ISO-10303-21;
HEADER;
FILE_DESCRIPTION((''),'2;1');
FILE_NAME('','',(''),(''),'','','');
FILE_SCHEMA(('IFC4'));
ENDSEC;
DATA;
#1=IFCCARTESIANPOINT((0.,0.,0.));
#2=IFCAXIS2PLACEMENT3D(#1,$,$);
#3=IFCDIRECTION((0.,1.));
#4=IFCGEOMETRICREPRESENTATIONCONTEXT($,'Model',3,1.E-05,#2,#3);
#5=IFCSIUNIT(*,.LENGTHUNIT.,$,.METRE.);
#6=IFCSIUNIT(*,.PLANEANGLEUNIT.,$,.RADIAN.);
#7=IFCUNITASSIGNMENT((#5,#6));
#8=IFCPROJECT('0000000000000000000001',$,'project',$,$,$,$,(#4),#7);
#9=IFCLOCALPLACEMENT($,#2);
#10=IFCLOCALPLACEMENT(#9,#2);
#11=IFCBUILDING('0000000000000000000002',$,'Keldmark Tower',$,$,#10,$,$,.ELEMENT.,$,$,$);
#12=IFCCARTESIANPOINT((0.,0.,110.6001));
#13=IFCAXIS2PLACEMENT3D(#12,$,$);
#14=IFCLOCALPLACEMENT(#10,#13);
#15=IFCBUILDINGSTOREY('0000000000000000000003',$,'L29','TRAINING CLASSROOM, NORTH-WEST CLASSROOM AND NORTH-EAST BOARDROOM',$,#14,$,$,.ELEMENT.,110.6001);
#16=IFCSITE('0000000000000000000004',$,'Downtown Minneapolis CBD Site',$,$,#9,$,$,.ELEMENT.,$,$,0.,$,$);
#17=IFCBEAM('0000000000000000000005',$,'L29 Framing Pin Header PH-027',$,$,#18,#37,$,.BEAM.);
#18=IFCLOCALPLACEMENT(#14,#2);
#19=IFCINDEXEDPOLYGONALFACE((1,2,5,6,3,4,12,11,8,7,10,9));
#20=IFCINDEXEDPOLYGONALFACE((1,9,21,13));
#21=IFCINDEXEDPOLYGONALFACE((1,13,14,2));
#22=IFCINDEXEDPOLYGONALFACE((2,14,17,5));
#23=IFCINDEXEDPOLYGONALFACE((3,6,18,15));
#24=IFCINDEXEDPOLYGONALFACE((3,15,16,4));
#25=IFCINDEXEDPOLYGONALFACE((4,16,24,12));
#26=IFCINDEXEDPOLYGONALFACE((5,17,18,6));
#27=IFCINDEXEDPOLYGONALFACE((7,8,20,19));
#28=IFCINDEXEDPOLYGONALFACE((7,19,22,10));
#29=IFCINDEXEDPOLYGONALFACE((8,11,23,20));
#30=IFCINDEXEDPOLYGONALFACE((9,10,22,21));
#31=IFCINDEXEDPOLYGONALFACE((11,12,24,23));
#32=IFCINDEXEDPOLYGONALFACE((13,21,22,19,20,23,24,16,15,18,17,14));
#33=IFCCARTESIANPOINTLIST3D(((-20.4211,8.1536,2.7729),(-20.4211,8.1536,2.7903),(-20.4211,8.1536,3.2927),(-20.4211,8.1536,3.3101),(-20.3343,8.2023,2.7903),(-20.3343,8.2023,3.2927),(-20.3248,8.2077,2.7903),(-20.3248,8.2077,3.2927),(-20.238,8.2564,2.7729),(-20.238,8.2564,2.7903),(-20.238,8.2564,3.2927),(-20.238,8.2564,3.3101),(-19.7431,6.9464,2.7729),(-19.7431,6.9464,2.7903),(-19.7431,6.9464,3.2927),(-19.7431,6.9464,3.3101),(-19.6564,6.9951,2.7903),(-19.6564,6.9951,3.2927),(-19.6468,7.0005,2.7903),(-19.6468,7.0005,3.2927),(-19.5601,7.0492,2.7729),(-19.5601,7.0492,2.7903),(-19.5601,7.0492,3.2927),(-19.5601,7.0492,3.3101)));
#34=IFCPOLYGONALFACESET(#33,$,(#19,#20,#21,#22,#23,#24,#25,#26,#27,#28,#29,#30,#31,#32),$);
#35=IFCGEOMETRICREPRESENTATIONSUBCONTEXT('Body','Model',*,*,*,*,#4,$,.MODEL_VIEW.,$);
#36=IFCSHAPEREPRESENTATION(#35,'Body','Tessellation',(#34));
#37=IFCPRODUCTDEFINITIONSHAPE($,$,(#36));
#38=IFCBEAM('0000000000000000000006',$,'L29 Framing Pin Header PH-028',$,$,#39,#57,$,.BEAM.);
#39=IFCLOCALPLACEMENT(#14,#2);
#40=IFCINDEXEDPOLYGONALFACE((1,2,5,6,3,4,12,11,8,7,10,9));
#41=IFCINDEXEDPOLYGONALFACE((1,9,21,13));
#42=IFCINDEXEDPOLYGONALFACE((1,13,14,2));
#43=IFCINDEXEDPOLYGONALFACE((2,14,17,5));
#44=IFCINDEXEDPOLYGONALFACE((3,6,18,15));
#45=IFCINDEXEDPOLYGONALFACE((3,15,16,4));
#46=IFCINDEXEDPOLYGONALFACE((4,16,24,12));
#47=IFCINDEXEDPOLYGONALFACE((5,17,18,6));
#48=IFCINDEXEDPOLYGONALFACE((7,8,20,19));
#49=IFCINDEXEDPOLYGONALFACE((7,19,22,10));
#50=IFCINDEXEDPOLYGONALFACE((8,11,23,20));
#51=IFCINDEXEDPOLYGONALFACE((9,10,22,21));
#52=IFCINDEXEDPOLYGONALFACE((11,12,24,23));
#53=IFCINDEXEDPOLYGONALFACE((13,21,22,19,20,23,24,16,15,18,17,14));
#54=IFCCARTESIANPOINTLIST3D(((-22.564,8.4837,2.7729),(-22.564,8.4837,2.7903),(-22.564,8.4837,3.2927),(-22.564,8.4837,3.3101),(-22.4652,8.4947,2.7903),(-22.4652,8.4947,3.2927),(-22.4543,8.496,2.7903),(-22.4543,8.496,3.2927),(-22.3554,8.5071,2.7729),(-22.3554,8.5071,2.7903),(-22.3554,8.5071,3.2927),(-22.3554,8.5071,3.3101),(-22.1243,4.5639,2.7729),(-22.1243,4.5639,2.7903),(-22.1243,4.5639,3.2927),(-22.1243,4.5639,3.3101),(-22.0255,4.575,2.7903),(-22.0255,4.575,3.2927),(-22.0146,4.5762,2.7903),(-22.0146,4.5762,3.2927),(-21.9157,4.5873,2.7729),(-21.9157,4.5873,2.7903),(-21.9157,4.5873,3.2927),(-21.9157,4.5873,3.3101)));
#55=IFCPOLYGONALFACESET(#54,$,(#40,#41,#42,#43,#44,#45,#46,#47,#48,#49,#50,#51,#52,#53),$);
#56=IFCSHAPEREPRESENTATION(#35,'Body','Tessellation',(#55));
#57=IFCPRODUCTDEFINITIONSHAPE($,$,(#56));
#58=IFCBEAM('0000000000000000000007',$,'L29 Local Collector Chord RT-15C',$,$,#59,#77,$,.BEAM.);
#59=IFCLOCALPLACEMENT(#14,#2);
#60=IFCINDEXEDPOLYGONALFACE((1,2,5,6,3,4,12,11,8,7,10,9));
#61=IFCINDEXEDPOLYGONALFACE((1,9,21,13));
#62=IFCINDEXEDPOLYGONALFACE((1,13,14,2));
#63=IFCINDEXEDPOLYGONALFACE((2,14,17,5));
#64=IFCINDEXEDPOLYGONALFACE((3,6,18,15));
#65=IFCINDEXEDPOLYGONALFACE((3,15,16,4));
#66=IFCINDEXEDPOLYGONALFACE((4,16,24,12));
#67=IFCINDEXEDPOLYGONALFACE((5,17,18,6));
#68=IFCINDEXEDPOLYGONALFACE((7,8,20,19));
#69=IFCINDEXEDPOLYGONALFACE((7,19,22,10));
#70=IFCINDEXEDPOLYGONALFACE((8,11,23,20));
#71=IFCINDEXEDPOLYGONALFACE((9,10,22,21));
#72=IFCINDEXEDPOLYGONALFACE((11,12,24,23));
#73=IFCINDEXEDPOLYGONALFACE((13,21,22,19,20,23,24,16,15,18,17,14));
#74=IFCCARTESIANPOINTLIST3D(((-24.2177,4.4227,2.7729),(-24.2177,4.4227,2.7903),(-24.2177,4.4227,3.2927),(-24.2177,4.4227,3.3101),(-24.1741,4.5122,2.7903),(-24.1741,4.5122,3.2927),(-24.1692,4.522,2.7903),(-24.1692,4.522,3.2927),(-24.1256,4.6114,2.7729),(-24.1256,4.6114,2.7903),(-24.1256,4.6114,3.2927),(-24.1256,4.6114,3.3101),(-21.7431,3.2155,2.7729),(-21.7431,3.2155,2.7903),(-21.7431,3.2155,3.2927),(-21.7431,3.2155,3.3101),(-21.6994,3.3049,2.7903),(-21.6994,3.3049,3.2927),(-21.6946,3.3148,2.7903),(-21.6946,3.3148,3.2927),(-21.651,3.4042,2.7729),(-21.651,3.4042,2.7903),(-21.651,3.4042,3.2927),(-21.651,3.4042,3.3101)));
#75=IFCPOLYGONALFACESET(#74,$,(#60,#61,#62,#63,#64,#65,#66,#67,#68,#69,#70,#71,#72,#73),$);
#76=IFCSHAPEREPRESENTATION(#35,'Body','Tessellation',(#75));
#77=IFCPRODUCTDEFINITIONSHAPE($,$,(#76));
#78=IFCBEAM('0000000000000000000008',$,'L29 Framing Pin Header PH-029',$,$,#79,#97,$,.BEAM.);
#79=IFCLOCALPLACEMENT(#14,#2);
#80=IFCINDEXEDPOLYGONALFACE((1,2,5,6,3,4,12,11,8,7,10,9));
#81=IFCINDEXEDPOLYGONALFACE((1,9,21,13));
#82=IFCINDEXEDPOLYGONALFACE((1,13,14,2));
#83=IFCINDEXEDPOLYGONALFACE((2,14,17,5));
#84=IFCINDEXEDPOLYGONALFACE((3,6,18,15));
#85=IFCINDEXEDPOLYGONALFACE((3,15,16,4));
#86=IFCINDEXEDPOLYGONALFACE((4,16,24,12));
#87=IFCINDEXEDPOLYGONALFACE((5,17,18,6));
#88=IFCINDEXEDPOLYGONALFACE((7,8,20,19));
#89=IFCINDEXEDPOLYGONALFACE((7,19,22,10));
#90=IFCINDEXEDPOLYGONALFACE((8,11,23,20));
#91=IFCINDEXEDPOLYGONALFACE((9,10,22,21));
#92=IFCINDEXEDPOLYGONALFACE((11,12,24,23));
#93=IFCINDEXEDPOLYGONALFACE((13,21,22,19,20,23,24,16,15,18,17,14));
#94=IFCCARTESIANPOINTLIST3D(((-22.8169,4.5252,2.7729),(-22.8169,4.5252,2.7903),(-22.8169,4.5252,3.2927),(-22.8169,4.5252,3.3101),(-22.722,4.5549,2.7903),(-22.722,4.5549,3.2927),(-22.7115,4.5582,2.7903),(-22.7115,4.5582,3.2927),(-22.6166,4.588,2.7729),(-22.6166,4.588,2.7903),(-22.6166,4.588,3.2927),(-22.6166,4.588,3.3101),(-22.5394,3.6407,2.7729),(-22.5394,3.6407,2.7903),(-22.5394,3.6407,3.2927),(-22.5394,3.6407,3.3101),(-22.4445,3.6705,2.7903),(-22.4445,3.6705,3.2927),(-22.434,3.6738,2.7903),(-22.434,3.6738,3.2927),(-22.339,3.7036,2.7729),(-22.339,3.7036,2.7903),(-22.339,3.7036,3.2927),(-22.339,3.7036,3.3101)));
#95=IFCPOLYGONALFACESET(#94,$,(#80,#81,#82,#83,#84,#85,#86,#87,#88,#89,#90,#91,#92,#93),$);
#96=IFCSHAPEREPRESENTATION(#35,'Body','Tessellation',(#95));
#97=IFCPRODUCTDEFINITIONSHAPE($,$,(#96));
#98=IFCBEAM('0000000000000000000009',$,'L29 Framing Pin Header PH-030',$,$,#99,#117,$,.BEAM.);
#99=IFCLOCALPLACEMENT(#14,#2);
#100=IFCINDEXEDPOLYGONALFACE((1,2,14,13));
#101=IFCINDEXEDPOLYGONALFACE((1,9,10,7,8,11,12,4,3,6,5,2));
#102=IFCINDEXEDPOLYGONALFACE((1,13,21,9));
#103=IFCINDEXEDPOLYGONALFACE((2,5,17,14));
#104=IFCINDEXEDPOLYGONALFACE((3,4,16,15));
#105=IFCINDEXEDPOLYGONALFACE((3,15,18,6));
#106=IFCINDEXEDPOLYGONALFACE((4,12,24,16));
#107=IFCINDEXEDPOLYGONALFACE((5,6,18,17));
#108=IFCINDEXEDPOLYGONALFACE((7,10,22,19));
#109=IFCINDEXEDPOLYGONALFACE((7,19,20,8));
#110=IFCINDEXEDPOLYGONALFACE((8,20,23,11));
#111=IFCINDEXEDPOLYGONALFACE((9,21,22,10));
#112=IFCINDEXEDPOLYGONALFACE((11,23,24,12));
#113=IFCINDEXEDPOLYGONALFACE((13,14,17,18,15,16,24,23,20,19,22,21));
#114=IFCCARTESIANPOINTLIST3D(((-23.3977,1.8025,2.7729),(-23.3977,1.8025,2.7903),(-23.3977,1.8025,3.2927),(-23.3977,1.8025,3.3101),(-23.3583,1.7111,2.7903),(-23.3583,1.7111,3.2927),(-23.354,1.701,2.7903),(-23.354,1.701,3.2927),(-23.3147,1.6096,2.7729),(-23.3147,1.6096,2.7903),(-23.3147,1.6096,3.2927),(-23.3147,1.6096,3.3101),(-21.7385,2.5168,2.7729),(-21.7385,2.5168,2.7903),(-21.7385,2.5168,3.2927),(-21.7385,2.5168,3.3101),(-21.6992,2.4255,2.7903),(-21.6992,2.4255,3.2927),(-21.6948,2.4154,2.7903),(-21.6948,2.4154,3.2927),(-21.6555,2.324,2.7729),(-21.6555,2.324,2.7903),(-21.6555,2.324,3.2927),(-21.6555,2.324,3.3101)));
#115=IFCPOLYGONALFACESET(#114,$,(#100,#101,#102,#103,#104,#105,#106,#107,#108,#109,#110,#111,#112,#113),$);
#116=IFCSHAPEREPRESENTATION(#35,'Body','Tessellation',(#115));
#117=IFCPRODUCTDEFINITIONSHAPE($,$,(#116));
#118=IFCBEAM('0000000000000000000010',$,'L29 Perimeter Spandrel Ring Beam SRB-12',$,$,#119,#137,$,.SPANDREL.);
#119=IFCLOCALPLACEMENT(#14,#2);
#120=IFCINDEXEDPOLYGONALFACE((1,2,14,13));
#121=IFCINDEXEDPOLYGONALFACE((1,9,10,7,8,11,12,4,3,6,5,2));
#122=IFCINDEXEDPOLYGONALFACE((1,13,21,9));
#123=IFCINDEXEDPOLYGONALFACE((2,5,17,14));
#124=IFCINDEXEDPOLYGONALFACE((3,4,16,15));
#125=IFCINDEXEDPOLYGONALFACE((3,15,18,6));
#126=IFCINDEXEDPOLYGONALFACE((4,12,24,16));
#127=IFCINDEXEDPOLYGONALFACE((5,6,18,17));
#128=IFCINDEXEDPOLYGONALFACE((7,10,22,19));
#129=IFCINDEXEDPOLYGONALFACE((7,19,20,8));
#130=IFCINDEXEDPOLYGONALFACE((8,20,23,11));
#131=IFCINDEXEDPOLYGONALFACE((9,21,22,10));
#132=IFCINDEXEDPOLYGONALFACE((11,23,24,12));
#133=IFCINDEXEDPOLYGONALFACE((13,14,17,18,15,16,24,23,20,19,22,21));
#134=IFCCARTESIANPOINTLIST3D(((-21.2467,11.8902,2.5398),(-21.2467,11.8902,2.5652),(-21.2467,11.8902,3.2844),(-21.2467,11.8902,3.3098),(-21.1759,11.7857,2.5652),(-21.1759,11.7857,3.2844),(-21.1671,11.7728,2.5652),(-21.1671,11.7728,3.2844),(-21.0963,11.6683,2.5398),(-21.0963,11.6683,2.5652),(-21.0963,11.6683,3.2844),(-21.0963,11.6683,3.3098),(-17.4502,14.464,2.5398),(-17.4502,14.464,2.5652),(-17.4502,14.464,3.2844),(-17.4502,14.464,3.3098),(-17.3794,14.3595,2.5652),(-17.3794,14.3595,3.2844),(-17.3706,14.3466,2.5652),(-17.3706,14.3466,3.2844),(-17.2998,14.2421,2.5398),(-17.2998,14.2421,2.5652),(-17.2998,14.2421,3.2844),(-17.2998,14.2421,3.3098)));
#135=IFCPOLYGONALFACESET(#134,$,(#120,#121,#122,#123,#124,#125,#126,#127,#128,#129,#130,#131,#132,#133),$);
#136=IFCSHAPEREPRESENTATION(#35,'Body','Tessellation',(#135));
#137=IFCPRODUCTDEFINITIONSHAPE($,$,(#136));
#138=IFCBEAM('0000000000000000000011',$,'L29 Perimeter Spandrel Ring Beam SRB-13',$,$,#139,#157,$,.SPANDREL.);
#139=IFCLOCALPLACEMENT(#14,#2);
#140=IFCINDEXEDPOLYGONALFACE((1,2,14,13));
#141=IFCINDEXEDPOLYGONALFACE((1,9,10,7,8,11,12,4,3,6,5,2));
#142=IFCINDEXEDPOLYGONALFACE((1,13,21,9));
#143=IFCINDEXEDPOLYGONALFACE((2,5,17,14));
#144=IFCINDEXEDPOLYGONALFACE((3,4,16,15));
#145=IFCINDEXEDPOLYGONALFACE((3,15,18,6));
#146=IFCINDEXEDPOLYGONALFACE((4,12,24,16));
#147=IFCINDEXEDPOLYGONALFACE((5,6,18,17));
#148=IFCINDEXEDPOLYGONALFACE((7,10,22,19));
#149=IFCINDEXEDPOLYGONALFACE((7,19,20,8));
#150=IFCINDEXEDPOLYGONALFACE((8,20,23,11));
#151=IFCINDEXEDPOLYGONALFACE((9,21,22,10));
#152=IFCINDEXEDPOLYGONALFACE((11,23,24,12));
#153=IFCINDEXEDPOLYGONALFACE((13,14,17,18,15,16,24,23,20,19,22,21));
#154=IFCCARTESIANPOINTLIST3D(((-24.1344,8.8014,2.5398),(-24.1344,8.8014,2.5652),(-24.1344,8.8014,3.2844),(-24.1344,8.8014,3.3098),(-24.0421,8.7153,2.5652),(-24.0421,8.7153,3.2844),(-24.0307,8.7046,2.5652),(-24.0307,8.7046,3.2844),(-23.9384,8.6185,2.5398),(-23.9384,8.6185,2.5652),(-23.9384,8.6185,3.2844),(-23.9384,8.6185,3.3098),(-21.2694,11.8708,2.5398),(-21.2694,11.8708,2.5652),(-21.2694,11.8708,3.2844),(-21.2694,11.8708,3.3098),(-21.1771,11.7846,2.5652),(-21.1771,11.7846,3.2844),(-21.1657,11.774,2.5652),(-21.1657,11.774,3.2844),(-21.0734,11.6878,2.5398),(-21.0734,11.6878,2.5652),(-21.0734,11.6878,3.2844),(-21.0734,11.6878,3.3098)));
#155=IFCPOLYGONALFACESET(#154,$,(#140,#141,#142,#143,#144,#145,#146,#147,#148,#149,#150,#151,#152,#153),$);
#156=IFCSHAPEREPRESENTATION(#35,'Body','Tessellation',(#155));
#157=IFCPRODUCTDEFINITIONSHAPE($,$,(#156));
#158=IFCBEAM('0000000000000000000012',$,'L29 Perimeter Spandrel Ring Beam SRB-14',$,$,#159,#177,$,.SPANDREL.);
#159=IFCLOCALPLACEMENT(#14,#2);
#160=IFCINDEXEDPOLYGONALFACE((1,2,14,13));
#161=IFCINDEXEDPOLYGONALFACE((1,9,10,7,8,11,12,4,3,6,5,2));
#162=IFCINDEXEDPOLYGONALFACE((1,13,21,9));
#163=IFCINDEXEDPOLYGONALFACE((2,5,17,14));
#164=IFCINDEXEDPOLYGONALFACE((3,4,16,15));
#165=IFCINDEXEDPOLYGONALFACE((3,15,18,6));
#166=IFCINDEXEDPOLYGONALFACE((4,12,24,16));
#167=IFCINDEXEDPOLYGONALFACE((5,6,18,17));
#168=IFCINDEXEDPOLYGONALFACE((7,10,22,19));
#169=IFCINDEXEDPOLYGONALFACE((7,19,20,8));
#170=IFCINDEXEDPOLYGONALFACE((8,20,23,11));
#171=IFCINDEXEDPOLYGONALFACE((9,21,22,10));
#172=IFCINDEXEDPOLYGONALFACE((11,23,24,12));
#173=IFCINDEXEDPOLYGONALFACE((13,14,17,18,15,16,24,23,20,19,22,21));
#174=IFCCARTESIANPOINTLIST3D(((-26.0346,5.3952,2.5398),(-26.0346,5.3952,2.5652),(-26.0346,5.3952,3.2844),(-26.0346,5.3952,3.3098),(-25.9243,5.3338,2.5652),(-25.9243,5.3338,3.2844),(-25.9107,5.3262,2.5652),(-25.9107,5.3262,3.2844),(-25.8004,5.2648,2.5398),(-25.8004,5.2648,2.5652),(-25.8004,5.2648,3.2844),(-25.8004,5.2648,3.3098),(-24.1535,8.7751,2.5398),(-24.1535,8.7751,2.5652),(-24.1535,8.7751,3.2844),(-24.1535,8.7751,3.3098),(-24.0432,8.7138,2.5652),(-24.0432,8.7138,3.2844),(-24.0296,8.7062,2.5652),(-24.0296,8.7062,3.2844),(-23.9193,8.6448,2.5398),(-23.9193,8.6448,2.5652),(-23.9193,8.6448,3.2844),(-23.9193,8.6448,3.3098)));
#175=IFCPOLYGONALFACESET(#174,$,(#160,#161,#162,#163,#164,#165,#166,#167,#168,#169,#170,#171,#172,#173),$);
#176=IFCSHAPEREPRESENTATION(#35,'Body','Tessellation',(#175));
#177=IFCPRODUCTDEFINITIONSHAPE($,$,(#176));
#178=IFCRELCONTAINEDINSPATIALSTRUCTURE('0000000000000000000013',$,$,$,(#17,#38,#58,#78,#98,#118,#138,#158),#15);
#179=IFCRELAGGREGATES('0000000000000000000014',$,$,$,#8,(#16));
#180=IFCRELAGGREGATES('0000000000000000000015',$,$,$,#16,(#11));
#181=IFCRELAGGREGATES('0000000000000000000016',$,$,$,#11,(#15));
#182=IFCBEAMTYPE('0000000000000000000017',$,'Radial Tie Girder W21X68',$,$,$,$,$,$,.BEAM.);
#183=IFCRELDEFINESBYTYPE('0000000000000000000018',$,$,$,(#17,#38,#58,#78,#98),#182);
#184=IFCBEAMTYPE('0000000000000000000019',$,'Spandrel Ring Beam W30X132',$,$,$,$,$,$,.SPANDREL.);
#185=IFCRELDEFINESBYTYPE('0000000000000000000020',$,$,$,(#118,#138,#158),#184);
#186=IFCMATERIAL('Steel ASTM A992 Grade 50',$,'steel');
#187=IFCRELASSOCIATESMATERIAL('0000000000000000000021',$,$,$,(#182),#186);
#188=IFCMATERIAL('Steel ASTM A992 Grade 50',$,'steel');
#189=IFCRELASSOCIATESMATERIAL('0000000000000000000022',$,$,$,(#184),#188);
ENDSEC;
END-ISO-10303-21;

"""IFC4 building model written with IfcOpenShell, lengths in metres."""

from ifc_helpers import new_model, si_unit, direction, frame, origin, origin_2d, place, context, subcontext, project, spatial, i_section, extrude, material, material_profile, profile_set, type_object, element, save


model = new_model("IFC4")

# Units and contexts
model_context = context("Model", 3, precision=1e-05, world=origin(), true_north=direction((0.0, 1.0)))
body_context = subcontext(model_context, "Body", "Model", "MODEL_VIEW")
ifc_project = project(units=[si_unit("LENGTHUNIT", "METRE"), si_unit("PLANEANGLEUNIT", "RADIAN")], contexts=[model_context])

# Site, building, storey
site_placement = place(None, origin())
site = spatial("IfcSite", under=ifc_project, at=site_placement, Name="Downtown Minneapolis CBD Site", CompositionType="ELEMENT", RefElevation=0.0)
building_placement = place(site_placement, origin())
building = spatial("IfcBuilding", under=site, at=building_placement, Name="Keldmark Tower", CompositionType="ELEMENT")
storey_placement = place(building_placement, frame((0.0, 0.0, 110.6001)))
storey = spatial("IfcBuildingStorey", under=building, at=storey_placement, Name="L29", Description="TRAINING CLASSROOM, NORTH-WEST CLASSROOM AND NORTH-EAST BOARDROOM", CompositionType="ELEMENT", Elevation=110.6001)

# Beams
ifc_material_1 = material(Name="Steel ASTM A992 Grade 50", Category="steel")
ifc_material_profile_1 = material_profile(ifc_material_1, i_section(OverallWidth=0.21, OverallDepth=0.5371, WebThickness=0.011, FlangeThickness=0.0173, at=origin_2d()), Name="W21X68")
ifc_profile_set_1 = profile_set([ifc_material_profile_1], Name="Steel ASTM A992 Grade 50")
beam_type_1 = type_object("IfcBeamType", Name="Radial Tie Girder W21X68", PredefinedType="BEAM", material=ifc_profile_set_1)
beam_1_placement = place(storey_placement, frame((-19.6516, 6.9978, 3.0415), z_axis=(-0.48965, 0.871919, 0.0), x_axis=(-0.871919, -0.48965, 0.0)))
element("IfcBeam", 1, at=beam_1_placement, inside=storey, type_object=beam_type_1, Name="L29 Framing Pin Header PH-027", PredefinedType="BEAM", context=body_context, shape_type="SweptSolid", body=[
    extrude(i_section(OverallWidth=0.21, OverallDepth=0.5371, WebThickness=0.011, FlangeThickness=0.0173, at=origin_2d()), origin(), (0.0, 0.0, 1.0), 1.3845),
])
beam_2_placement = place(storey_placement, frame((-22.4597, 8.4954, 3.0415), z_axis=(0.111478, -0.993767, 0.0), x_axis=(0.993767, 0.111478, 0.0)))
element("IfcBeam", 2, at=beam_2_placement, inside=storey, type_object=beam_type_1, Name="L29 Framing Pin Header PH-028", PredefinedType="BEAM", context=body_context, shape_type="SweptSolid", body=[
    extrude(i_section(OverallWidth=0.21, OverallDepth=0.5371, WebThickness=0.011, FlangeThickness=0.0173, at=origin_2d()), origin(), (0.0, 0.0, 1.0), 3.9443),
])
beam_3_placement = place(storey_placement, frame((-21.697, 3.3098, 3.0415), z_axis=(-0.898747, 0.438467, 0.0), x_axis=(-0.438467, -0.898747, 0.0)))
element("IfcBeam", 3, at=beam_3_placement, inside=storey, type_object=beam_type_1, Name="L29 Local Collector Chord RT-15C", PredefinedType="BEAM", context=body_context, shape_type="SweptSolid", body=[
    extrude(i_section(OverallWidth=0.21, OverallDepth=0.5371, WebThickness=0.011, FlangeThickness=0.0173, at=origin_2d()), origin(), (0.0, 0.0, 1.0), 2.7534),
])
beam_4_placement = place(storey_placement, frame((-22.4392, 3.6721, 3.0415), z_axis=(-0.299429, 0.954118, 0.0), x_axis=(-0.954118, -0.299429, 0.0)))
element("IfcBeam", 4, at=beam_4_placement, inside=storey, type_object=beam_type_1, Name="L29 Framing Pin Header PH-029", PredefinedType="BEAM", context=body_context, shape_type="SweptSolid", body=[
    extrude(i_section(OverallWidth=0.21, OverallDepth=0.5371, WebThickness=0.011, FlangeThickness=0.0173, at=origin_2d()), origin(), (0.0, 0.0, 1.0), 0.927),
])
beam_5_placement = place(storey_placement, frame((-21.697, 2.4204, 3.0415), z_axis=(-0.918487, -0.395452, 0.0), x_axis=(0.395452, -0.918487, 0.0)))
element("IfcBeam", 5, at=beam_5_placement, inside=storey, type_object=beam_type_1, Name="L29 Framing Pin Header PH-030", PredefinedType="BEAM", context=body_context, shape_type="SweptSolid", body=[
    extrude(i_section(OverallWidth=0.21, OverallDepth=0.5371, WebThickness=0.011, FlangeThickness=0.0173, at=origin_2d()), origin(), (0.0, 0.0, 1.0), 1.8064),
])
ifc_material_2 = material(Name="Steel ASTM A992 Grade 50", Category="steel")
ifc_material_profile_2 = material_profile(ifc_material_2, i_section(OverallWidth=0.2681, OverallDepth=0.77, WebThickness=0.0156, FlangeThickness=0.0254, at=origin_2d()), Name="W30X132")
ifc_profile_set_2 = profile_set([ifc_material_profile_2], Name="Steel ASTM A992 Grade 50")
beam_type_2 = type_object("IfcBeamType", Name="Spandrel Ring Beam W30X132", PredefinedType="SPANDREL", material=ifc_profile_set_2)
beam_6_placement = place(storey_placement, frame((-17.375, 14.353, 2.9248), z_axis=(-0.827718, -0.561145, 0.0), x_axis=(0.561145, -0.827718, 0.0)))
element("IfcBeam", 6, at=beam_6_placement, inside=storey, type_object=beam_type_2, Name="L29 Perimeter Spandrel Ring Beam SRB-12", PredefinedType="SPANDREL", context=body_context, shape_type="SweptSolid", body=[
    extrude(i_section(OverallWidth=0.2681, OverallDepth=0.77, WebThickness=0.0156, FlangeThickness=0.0254, at=origin_2d()), origin(), (0.0, 0.0, 1.0), 4.5867),
])
beam_7_placement = place(storey_placement, frame((-21.1714, 11.7793, 2.9248), z_axis=(-0.682353, -0.731022, 0.0), x_axis=(0.731022, -0.682353, 0.0)))
element("IfcBeam", 7, at=beam_7_placement, inside=storey, type_object=beam_type_2, Name="L29 Perimeter Spandrel Ring Beam SRB-13", PredefinedType="SPANDREL", context=body_context, shape_type="SweptSolid", body=[
    extrude(i_section(OverallWidth=0.2681, OverallDepth=0.77, WebThickness=0.0156, FlangeThickness=0.0254, at=origin_2d()), origin(), (0.0, 0.0, 1.0), 4.1987),
])
beam_8_placement = place(storey_placement, frame((-24.0364, 8.71, 2.9248), z_axis=(-0.486313, -0.873785, 0.0), x_axis=(0.873785, -0.486313, 0.0)))
element("IfcBeam", 8, at=beam_8_placement, inside=storey, type_object=beam_type_2, Name="L29 Perimeter Spandrel Ring Beam SRB-14", PredefinedType="SPANDREL", context=body_context, shape_type="SweptSolid", body=[
    extrude(i_section(OverallWidth=0.2681, OverallDepth=0.77, WebThickness=0.0156, FlangeThickness=0.0254, at=origin_2d()), origin(), (0.0, 0.0, 1.0), 3.8682),
])

save(model, "model.ifc")
